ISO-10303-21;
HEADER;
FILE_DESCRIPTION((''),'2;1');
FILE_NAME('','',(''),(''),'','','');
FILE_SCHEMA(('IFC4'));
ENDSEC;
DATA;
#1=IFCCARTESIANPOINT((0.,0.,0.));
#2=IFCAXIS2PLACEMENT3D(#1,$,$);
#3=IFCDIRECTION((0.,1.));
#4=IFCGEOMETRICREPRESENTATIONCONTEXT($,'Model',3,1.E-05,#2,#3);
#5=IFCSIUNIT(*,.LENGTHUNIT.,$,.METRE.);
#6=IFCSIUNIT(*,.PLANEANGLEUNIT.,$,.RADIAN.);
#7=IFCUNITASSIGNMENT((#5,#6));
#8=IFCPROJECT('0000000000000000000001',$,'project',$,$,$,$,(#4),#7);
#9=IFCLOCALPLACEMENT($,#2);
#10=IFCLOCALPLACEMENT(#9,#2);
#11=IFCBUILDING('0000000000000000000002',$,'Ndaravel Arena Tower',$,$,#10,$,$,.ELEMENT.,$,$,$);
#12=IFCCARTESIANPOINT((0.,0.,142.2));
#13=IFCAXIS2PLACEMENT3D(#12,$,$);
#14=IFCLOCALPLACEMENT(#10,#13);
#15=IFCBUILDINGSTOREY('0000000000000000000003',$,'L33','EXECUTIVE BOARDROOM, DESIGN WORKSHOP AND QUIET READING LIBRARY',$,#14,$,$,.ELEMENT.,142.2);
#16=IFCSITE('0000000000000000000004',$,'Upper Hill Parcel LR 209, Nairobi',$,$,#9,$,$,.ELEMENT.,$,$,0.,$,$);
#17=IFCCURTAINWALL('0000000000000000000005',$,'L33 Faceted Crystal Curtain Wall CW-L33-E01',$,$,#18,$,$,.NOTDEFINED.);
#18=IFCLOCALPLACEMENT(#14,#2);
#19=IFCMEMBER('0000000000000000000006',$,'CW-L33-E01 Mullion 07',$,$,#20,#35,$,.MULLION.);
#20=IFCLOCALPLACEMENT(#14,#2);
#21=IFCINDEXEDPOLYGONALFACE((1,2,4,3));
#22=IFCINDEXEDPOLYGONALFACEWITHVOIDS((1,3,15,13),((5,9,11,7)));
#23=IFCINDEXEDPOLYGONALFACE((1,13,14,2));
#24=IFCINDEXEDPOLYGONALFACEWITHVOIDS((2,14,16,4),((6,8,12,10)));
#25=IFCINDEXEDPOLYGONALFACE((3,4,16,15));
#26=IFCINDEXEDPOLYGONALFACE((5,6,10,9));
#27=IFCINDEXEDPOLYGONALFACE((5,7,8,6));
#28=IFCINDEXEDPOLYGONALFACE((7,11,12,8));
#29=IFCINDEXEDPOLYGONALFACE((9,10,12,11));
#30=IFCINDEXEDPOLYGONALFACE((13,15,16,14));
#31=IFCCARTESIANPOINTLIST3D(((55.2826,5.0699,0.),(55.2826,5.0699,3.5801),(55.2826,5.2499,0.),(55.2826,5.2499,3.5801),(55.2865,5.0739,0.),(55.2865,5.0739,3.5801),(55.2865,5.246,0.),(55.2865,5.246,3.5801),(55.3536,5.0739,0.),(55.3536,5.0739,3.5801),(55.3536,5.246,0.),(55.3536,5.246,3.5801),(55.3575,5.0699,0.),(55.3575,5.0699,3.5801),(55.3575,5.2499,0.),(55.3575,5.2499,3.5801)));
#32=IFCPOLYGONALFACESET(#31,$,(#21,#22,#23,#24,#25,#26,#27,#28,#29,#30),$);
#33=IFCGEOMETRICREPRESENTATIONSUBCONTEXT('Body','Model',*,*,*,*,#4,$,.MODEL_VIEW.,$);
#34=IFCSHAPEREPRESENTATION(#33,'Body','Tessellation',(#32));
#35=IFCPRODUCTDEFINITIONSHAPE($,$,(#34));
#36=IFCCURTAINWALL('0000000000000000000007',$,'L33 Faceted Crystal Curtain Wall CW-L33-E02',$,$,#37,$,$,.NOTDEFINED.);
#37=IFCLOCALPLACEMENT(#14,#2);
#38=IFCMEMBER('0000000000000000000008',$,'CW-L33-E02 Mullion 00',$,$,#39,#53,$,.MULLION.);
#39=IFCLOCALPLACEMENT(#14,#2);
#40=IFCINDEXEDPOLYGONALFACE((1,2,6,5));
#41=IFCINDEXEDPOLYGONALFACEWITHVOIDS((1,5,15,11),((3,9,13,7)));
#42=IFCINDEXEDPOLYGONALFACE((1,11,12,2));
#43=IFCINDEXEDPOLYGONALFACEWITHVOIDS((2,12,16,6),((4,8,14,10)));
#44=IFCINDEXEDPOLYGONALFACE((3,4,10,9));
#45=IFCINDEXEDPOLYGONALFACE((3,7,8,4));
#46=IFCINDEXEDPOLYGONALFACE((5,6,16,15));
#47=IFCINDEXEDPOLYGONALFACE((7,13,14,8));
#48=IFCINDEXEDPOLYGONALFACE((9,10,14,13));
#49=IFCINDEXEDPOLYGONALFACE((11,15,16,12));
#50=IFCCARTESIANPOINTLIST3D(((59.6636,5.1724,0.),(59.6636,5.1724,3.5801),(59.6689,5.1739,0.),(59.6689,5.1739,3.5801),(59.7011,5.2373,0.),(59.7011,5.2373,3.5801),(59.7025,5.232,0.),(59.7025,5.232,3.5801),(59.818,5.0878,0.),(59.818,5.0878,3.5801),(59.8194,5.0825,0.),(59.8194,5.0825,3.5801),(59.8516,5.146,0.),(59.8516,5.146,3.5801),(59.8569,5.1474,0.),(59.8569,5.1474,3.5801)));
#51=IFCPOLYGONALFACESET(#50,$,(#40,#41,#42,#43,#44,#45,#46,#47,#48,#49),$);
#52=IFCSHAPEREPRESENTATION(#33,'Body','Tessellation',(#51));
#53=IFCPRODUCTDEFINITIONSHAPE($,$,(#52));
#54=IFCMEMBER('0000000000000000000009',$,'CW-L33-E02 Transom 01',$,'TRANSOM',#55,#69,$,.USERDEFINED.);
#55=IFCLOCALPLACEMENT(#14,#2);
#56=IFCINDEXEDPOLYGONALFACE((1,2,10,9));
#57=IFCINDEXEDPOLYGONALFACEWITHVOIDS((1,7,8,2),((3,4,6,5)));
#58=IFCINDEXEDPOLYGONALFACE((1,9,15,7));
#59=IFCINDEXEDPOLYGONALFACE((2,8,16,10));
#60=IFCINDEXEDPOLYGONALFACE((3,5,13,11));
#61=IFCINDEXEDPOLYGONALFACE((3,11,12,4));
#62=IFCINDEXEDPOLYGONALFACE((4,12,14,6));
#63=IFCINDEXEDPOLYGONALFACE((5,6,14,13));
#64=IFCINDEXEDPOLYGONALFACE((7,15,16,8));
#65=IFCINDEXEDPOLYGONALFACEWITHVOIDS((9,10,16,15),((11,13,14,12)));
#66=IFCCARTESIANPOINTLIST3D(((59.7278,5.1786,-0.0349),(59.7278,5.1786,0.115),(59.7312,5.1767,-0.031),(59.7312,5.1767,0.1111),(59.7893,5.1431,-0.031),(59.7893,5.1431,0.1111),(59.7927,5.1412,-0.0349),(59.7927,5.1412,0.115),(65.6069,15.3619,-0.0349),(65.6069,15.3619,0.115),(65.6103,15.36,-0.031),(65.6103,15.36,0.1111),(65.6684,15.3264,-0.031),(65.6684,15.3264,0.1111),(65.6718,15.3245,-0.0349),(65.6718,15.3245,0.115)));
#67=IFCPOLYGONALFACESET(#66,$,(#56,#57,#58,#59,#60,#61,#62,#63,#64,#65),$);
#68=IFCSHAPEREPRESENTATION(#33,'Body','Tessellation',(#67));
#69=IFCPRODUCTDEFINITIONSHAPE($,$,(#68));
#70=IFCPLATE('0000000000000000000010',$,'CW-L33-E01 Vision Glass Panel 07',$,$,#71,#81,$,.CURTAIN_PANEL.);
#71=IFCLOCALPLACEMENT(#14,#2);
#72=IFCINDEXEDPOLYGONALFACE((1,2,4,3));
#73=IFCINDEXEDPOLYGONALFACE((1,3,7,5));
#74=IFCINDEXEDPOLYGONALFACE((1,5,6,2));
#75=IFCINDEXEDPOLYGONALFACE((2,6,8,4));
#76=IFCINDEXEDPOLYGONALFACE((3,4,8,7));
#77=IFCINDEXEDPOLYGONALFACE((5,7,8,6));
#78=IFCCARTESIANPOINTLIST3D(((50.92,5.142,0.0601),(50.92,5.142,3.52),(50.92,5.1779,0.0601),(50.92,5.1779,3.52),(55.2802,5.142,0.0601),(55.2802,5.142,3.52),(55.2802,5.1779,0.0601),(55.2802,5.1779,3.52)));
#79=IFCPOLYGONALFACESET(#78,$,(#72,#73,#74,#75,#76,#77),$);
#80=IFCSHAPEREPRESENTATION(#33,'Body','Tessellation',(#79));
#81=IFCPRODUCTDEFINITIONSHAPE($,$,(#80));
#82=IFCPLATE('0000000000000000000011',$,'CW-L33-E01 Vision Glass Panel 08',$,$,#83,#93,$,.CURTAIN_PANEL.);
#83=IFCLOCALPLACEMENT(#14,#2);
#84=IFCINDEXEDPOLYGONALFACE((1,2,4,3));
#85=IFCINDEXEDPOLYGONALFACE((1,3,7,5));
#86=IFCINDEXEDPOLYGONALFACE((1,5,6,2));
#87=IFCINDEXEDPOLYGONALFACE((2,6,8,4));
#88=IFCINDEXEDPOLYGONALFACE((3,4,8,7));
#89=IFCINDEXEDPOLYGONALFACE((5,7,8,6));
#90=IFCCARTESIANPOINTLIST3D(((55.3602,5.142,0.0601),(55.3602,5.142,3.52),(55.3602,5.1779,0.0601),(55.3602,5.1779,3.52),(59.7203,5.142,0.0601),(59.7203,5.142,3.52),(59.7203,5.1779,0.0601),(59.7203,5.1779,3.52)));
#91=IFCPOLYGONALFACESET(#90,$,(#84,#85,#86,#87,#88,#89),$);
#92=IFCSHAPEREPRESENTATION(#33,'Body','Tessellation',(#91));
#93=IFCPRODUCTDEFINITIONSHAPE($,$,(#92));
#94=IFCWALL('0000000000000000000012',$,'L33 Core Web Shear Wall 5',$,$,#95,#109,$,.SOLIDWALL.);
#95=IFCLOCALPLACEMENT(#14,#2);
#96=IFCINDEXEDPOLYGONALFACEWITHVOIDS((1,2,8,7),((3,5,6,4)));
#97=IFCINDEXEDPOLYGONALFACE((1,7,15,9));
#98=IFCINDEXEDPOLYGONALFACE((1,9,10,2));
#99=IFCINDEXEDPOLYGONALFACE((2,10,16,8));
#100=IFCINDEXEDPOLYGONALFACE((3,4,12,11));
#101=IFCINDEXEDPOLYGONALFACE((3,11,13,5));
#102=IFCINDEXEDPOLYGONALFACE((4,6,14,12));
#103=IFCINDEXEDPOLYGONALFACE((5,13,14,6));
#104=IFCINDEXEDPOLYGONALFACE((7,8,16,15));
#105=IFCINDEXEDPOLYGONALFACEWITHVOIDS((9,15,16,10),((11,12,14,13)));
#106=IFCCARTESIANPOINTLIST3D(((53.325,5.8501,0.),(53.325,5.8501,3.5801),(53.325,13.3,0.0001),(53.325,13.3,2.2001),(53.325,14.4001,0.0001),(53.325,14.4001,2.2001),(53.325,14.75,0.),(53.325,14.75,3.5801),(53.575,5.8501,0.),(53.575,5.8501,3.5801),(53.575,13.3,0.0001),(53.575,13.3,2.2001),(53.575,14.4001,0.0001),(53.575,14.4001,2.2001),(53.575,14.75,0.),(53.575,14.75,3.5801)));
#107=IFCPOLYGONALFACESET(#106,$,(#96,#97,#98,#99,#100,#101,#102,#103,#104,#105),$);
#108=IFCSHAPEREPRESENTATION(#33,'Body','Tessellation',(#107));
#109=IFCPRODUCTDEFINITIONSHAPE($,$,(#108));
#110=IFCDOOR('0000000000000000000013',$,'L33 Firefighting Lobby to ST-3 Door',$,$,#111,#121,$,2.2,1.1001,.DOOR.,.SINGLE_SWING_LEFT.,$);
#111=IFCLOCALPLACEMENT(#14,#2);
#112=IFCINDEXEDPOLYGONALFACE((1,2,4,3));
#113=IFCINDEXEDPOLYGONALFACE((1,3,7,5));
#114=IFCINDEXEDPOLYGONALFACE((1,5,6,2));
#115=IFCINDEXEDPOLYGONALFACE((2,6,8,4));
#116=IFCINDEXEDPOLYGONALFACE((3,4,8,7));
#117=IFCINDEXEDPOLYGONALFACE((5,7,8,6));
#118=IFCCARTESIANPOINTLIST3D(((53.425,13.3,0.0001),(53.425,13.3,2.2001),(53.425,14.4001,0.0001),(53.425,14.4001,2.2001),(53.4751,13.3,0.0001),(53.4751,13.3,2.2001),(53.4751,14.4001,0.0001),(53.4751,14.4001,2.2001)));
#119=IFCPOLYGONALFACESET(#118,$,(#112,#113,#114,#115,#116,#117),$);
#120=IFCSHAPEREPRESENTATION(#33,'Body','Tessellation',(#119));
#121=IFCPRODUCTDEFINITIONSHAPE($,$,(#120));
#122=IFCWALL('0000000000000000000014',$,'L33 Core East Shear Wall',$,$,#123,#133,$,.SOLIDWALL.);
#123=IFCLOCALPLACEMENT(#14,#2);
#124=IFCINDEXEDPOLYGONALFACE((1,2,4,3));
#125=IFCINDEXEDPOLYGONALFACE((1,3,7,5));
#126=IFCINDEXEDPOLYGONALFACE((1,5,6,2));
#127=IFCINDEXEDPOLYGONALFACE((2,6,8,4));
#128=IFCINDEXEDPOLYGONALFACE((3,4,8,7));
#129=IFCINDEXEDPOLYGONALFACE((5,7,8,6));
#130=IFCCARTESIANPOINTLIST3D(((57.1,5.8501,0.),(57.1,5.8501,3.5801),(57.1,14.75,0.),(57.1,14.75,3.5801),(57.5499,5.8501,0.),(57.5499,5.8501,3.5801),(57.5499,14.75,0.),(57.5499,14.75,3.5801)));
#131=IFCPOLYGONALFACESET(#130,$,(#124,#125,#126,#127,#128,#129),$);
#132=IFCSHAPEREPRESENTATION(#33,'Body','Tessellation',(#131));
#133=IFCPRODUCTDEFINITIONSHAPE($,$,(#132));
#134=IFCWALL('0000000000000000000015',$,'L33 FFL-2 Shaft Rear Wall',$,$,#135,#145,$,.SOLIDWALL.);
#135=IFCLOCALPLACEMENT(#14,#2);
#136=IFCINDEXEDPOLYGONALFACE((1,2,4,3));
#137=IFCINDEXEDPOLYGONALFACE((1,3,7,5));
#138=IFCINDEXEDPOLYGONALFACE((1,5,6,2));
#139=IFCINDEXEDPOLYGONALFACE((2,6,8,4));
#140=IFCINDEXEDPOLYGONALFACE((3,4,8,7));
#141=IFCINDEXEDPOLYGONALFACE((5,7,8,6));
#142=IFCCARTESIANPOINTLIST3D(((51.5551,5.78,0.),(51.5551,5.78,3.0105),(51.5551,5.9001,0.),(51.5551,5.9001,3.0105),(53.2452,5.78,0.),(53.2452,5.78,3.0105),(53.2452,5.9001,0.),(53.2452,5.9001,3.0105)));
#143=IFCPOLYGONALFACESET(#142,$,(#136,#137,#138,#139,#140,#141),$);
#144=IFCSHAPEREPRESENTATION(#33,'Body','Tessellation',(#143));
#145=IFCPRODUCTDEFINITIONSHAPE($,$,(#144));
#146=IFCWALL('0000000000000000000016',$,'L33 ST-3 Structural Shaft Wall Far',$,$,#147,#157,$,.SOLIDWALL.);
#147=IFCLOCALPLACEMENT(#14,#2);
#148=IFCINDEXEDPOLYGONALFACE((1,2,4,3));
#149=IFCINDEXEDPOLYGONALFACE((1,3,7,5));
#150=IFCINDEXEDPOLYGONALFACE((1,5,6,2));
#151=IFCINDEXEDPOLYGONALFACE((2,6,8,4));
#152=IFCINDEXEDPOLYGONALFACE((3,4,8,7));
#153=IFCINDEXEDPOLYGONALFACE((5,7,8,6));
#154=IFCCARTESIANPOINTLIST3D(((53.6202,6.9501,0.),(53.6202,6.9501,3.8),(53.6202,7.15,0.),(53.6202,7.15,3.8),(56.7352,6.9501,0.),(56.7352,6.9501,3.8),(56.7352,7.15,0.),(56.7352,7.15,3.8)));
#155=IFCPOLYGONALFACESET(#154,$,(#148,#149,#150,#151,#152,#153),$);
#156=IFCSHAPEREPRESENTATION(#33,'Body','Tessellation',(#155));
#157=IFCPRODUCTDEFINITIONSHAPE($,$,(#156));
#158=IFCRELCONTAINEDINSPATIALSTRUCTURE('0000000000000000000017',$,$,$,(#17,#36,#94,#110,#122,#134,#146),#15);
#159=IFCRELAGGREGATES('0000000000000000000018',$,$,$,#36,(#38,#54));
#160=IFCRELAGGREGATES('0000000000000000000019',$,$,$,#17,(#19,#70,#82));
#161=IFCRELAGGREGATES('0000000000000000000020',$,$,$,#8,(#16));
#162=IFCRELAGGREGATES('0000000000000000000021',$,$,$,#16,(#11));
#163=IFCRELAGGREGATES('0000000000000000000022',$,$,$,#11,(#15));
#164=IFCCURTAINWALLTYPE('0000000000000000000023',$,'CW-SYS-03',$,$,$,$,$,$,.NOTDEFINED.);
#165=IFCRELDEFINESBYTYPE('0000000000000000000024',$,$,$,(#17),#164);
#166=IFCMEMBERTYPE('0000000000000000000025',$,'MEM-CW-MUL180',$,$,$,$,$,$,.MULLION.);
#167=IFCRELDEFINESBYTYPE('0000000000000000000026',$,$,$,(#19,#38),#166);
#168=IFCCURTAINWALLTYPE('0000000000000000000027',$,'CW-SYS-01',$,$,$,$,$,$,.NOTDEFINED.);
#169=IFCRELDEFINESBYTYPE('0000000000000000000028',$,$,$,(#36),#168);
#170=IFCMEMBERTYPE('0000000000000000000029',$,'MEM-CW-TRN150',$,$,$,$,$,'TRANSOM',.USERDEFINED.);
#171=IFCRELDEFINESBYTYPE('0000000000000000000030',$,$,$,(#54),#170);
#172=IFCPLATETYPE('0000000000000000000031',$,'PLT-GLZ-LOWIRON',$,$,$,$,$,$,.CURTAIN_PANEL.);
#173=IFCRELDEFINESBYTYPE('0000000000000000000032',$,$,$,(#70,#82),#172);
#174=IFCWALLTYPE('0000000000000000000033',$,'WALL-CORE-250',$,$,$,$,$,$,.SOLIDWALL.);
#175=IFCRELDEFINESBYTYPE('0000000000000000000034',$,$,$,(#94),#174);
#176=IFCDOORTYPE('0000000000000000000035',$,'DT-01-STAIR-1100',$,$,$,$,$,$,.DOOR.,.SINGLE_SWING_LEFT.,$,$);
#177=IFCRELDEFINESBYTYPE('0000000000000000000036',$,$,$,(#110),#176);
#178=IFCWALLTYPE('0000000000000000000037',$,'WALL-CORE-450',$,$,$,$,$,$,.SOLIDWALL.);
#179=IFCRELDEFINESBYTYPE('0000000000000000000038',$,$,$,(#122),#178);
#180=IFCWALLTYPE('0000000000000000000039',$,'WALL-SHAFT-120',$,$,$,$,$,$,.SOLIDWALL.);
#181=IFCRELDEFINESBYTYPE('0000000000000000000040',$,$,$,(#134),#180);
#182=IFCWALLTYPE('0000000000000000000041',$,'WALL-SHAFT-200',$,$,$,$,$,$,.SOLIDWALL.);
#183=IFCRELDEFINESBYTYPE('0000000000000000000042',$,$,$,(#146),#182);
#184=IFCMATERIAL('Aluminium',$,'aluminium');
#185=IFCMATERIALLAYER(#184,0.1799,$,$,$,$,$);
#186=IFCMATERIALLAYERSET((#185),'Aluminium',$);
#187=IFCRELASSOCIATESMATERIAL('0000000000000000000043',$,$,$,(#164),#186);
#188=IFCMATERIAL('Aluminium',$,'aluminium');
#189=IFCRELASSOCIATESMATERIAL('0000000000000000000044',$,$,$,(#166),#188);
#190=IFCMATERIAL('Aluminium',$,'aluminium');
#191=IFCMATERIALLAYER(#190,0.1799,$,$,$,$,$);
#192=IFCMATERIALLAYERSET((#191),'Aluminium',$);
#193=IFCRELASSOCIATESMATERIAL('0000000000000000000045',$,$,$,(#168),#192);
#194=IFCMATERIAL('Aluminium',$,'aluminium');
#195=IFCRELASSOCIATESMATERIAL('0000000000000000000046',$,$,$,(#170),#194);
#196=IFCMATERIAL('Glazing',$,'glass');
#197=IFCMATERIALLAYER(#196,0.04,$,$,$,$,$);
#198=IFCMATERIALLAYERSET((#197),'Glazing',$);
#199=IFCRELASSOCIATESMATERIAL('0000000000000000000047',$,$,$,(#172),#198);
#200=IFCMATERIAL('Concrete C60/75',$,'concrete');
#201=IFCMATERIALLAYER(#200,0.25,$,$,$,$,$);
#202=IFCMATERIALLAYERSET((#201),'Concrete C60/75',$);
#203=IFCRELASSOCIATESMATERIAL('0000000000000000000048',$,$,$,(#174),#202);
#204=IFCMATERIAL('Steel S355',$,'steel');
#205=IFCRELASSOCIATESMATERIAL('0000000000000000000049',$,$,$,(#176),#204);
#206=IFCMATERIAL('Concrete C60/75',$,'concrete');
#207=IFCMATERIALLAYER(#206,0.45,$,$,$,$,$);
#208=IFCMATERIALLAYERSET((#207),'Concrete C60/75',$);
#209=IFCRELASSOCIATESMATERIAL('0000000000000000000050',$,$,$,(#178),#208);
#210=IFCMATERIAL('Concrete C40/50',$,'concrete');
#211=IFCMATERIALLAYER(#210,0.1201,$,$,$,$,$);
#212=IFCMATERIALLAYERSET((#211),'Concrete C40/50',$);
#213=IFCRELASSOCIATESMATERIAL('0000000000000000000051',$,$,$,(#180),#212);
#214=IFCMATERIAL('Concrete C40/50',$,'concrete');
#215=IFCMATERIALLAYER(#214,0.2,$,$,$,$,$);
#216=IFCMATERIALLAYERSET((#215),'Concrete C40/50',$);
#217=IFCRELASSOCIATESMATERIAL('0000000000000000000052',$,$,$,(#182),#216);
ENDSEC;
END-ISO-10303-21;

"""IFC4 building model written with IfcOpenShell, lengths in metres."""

from ifc_helpers import new_model, si_unit, direction, frame, frame_2d, origin, origin_2d, place, context, subcontext, project, spatial, rectangle, hollow_rectangle, extrude, material, layer, layer_set, material_profile, profile_set, type_object, element, fill, aggregate, save


model = new_model("IFC4")

# Units and contexts
model_context = context("Model", 3, precision=1e-05, world=origin(), true_north=direction((0.0, 1.0)))
body_context = subcontext(model_context, "Body", "Model", "MODEL_VIEW")
ifc_project = project(units=[si_unit("LENGTHUNIT", "METRE"), si_unit("PLANEANGLEUNIT", "RADIAN")], contexts=[model_context])

# Site, building, storey
site_placement = place(None, origin())
site = spatial("IfcSite", under=ifc_project, at=site_placement, Name="Upper Hill Parcel LR 209, Nairobi", CompositionType="ELEMENT", RefElevation=0.0)
building_placement = place(site_placement, origin())
building = spatial("IfcBuilding", under=site, at=building_placement, Name="Ndaravel Arena Tower", CompositionType="ELEMENT")
storey_placement = place(building_placement, frame((0.0, 0.0, 142.2)))
storey = spatial("IfcBuildingStorey", under=building, at=storey_placement, Name="L33", Description="EXECUTIVE BOARDROOM, DESIGN WORKSHOP AND QUIET READING LIBRARY", CompositionType="ELEMENT", Elevation=142.2)

# Curtain wall, member
ifc_material_1 = material(Name="Aluminium", Category="aluminium")
ifc_layer_1 = layer(ifc_material_1, 0.1799)
ifc_layer_set_1 = layer_set([ifc_layer_1], Name="Aluminium")
curtain_wall_type_1 = type_object("IfcCurtainWallType", Name="CW-SYS-03", PredefinedType="NOTDEFINED", material=ifc_layer_set_1)
curtain_wall_1_placement = place(storey_placement, origin())
curtain_wall_1 = element("IfcCurtainWall", 1, at=curtain_wall_1_placement, inside=storey, type_object=curtain_wall_type_1, Name="L33 Faceted Crystal Curtain Wall CW-L33-E01", PredefinedType="NOTDEFINED")
ifc_material_2 = material(Name="Aluminium", Category="aluminium")
ifc_material_profile_1 = material_profile(ifc_material_2, hollow_rectangle(XDim=0.075, YDim=0.1799, WallThickness=0.0039, at=origin_2d()), Name="CW MULLION 75x180x4")
ifc_profile_set_1 = profile_set([ifc_material_profile_1], Name="Aluminium")
member_type_1 = type_object("IfcMemberType", Name="MEM-CW-MUL180", PredefinedType="MULLION", material=ifc_profile_set_1)
member_1_placement = place(storey_placement, frame((55.3201, 5.1599, 0.0), z_axis=(0.0, 0.0, 1.0), x_axis=(1.0, 0.0, 0.0)))
member_1 = element("IfcMember", 2, at=member_1_placement, type_object=member_type_1, Name="CW-L33-E01 Mullion 07", PredefinedType="MULLION", context=body_context, shape_type="SweptSolid", body=[
    extrude(hollow_rectangle(XDim=0.075, YDim=0.1799, WallThickness=0.0039, at=origin_2d()), origin(), (0.0, 0.0, 1.0), 3.5801),
])

# Curtain wall, members
ifc_material_3 = material(Name="Aluminium", Category="aluminium")
ifc_layer_2 = layer(ifc_material_3, 0.1799)
ifc_layer_set_2 = layer_set([ifc_layer_2], Name="Aluminium")
curtain_wall_type_2 = type_object("IfcCurtainWallType", Name="CW-SYS-01", PredefinedType="NOTDEFINED", material=ifc_layer_set_2)
curtain_wall_2_placement = place(storey_placement, origin())
curtain_wall_2 = element("IfcCurtainWall", 3, at=curtain_wall_2_placement, inside=storey, type_object=curtain_wall_type_2, Name="L33 Faceted Crystal Curtain Wall CW-L33-E02", PredefinedType="NOTDEFINED")
member_2_placement = place(storey_placement, frame((59.7603, 5.1599, 0.0), z_axis=(0.0, 0.0, 1.0), x_axis=(0.5, 0.866025, 0.0)))
member_2 = element("IfcMember", 4, at=member_2_placement, type_object=member_type_1, Name="CW-L33-E02 Mullion 00", PredefinedType="MULLION", context=body_context, shape_type="SweptSolid", body=[
    extrude(hollow_rectangle(XDim=0.075, YDim=0.1799, WallThickness=0.0039, at=origin_2d()), origin(), (0.0, 0.0, 1.0), 3.5801),
])
ifc_material_4 = material(Name="Aluminium", Category="aluminium")
ifc_material_profile_2 = material_profile(ifc_material_4, hollow_rectangle(XDim=0.075, YDim=0.1499, WallThickness=0.0039, at=origin_2d()), Name="CW TRANSOM 75x150x4")
ifc_profile_set_2 = profile_set([ifc_material_profile_2], Name="Aluminium")
member_type_2 = type_object("IfcMemberType", Name="MEM-CW-TRN150", ElementType="TRANSOM", PredefinedType="USERDEFINED", material=ifc_profile_set_2)
member_3_placement = place(storey_placement, frame((59.7603, 5.1599, 0.04), z_axis=(0.499987, 0.866033, 0.0), x_axis=(-0.866033, 0.499987, 0.0)))
member_3 = element("IfcMember", 5, at=member_3_placement, type_object=member_type_2, Name="CW-L33-E02 Transom 01", ObjectType="TRANSOM", PredefinedType="USERDEFINED", context=body_context, shape_type="SweptSolid", body=[
    extrude(hollow_rectangle(XDim=0.075, YDim=0.1499, WallThickness=0.0039, at=origin_2d()), origin(), (0.0, 0.0, 1.0), 11.7585),
])
aggregate(curtain_wall_2, [member_2, member_3])

# Plates
ifc_material_5 = material(Name="Glazing", Category="glass")
ifc_layer_3 = layer(ifc_material_5, 0.04)
ifc_layer_set_3 = layer_set([ifc_layer_3], Name="Glazing")
plate_type = type_object("IfcPlateType", Name="PLT-GLZ-LOWIRON", PredefinedType="CURTAIN_PANEL", material=ifc_layer_set_3)
plate_1_placement = place(storey_placement, frame((53.1001, 5.1599, 0.0601), z_axis=(0.0, 0.0, 1.0), x_axis=(1.0, 0.0, 0.0)))
plate_1 = element("IfcPlate", 6, at=plate_1_placement, type_object=plate_type, Name="CW-L33-E01 Vision Glass Panel 07", PredefinedType="CURTAIN_PANEL", context=body_context, shape_type="SweptSolid", body=[
    extrude(rectangle(XDim=4.3601, YDim=0.0359, at=origin_2d()), origin(), (0.0, 0.0, 1.0), 3.46),
])
plate_2_placement = place(storey_placement, frame((57.5403, 5.1599, 0.0601), z_axis=(0.0, 0.0, 1.0), x_axis=(1.0, 0.0, 0.0)))
plate_2 = element("IfcPlate", 7, at=plate_2_placement, type_object=plate_type, Name="CW-L33-E01 Vision Glass Panel 08", PredefinedType="CURTAIN_PANEL", context=body_context, shape_type="SweptSolid", body=[
    extrude(rectangle(XDim=4.3601, YDim=0.0359, at=origin_2d()), origin(), (0.0, 0.0, 1.0), 3.46),
])
aggregate(curtain_wall_1, [member_1, plate_1, plate_2])

# Wall, opening, door
ifc_material_6 = material(Name="Concrete C60/75", Category="concrete")
ifc_layer_4 = layer(ifc_material_6, 0.25)
ifc_layer_set_4 = layer_set([ifc_layer_4], Name="Concrete C60/75")
wall_type_1 = type_object("IfcWallType", Name="WALL-CORE-250", PredefinedType="SOLIDWALL", material=ifc_layer_set_4)
wall_1_placement = place(storey_placement, frame((53.45, 5.8501, 0.0), z_axis=(0.0, 0.0, 1.0), x_axis=(0.0, 1.0, 0.0)))
wall_1 = element("IfcWall", 8, at=wall_1_placement, inside=storey, type_object=wall_type_1, Name="L33 Core Web Shear Wall 5", PredefinedType="SOLIDWALL", context=body_context, shape_type="SweptSolid", body=[
    extrude(rectangle(XDim=8.8999, YDim=0.25, at=frame_2d((4.45, 0.0))), origin(), (0.0, 0.0, 1.0), 3.5801),
])
opening_1_placement = place(wall_1_placement, frame((7.45, 0.0, 0.0)))
opening_1 = element("IfcOpeningElement", 9, at=opening_1_placement, cuts=wall_1, PredefinedType="OPENING", context=body_context, shape_type="SweptSolid", body=[
    extrude(rectangle(XDim=1.1001, YDim=2.2, at=frame_2d((0.55, 1.1001))), frame((0.0, 0.125, 0.0), z_axis=(0.0, -1.0, 0.0), x_axis=(1.0, 0.0, 0.0)), (0.0, 0.0, 1.0), 0.25),
])
ifc_material_7 = material(Name="Steel S355", Category="steel")
door_type_1 = type_object("IfcDoorType", Name="DT-01-STAIR-1100", OperationType="SINGLE_SWING_LEFT", PredefinedType="DOOR", material=ifc_material_7)
door_1_placement = place(opening_1_placement, origin())
door_1 = element("IfcDoor", 10, at=door_1_placement, inside=storey, type_object=door_type_1, Name="L33 Firefighting Lobby to ST-3 Door", OperationType="SINGLE_SWING_LEFT", OverallHeight=2.2, OverallWidth=1.1001, PredefinedType="DOOR", context=body_context, shape_type="SweptSolid", body=[
    extrude(rectangle(XDim=1.1001, YDim=2.2, at=frame_2d((0.55, 1.1001))), frame((0.0, 0.0249, 0.0), z_axis=(0.0, -1.0, 0.0), x_axis=(1.0, 0.0, 0.0)), (0.0, 0.0, 1.0), 0.05),
])
fill(opening_1, door_1)

# Walls
ifc_material_8 = material(Name="Concrete C60/75", Category="concrete")
ifc_layer_5 = layer(ifc_material_8, 0.45)
ifc_layer_set_5 = layer_set([ifc_layer_5], Name="Concrete C60/75")
wall_type_2 = type_object("IfcWallType", Name="WALL-CORE-450", PredefinedType="SOLIDWALL", material=ifc_layer_set_5)
wall_2_placement = place(storey_placement, frame((57.325, 5.8501, 0.0), z_axis=(0.0, 0.0, 1.0), x_axis=(0.0, 1.0, 0.0)))
element("IfcWall", 11, at=wall_2_placement, inside=storey, type_object=wall_type_2, Name="L33 Core East Shear Wall", PredefinedType="SOLIDWALL", context=body_context, shape_type="SweptSolid", body=[
    extrude(rectangle(XDim=8.8999, YDim=0.45, at=frame_2d((4.45, 0.0))), origin(), (0.0, 0.0, 1.0), 3.5801),
])
ifc_material_9 = material(Name="Concrete C40/50", Category="concrete")
ifc_layer_6 = layer(ifc_material_9, 0.1201)
ifc_layer_set_6 = layer_set([ifc_layer_6], Name="Concrete C40/50")
wall_type_3 = type_object("IfcWallType", Name="WALL-SHAFT-120", PredefinedType="SOLIDWALL", material=ifc_layer_set_6)
wall_3_placement = place(storey_placement, frame((51.5549, 5.8401, 0.0), z_axis=(0.0, 0.0, 1.0), x_axis=(1.0, 0.0, 0.0)))
element("IfcWall", 12, at=wall_3_placement, inside=storey, type_object=wall_type_3, Name="L33 FFL-2 Shaft Rear Wall", PredefinedType="SOLIDWALL", context=body_context, shape_type="SweptSolid", body=[
    extrude(rectangle(XDim=1.6902, YDim=0.1201, at=frame_2d((0.8452, 0.0))), origin(), (0.0, 0.0, 1.0), 3.0105),
])
ifc_material_10 = material(Name="Concrete C40/50", Category="concrete")
ifc_layer_7 = layer(ifc_material_10, 0.2)
ifc_layer_set_7 = layer_set([ifc_layer_7], Name="Concrete C40/50")
wall_type_4 = type_object("IfcWallType", Name="WALL-SHAFT-200", PredefinedType="SOLIDWALL", material=ifc_layer_set_7)
wall_4_placement = place(storey_placement, frame((53.6201, 7.05, 0.0), z_axis=(0.0, 0.0, 1.0), x_axis=(1.0, 0.0, 0.0)))
element("IfcWall", 13, at=wall_4_placement, inside=storey, type_object=wall_type_4, Name="L33 ST-3 Structural Shaft Wall Far", PredefinedType="SOLIDWALL", context=body_context, shape_type="SweptSolid", body=[
    extrude(rectangle(XDim=3.115, YDim=0.2, at=frame_2d((1.5576, 0.0))), origin(), (0.0, 0.0, 1.0), 3.8),
])

save(model, "model.ifc")
